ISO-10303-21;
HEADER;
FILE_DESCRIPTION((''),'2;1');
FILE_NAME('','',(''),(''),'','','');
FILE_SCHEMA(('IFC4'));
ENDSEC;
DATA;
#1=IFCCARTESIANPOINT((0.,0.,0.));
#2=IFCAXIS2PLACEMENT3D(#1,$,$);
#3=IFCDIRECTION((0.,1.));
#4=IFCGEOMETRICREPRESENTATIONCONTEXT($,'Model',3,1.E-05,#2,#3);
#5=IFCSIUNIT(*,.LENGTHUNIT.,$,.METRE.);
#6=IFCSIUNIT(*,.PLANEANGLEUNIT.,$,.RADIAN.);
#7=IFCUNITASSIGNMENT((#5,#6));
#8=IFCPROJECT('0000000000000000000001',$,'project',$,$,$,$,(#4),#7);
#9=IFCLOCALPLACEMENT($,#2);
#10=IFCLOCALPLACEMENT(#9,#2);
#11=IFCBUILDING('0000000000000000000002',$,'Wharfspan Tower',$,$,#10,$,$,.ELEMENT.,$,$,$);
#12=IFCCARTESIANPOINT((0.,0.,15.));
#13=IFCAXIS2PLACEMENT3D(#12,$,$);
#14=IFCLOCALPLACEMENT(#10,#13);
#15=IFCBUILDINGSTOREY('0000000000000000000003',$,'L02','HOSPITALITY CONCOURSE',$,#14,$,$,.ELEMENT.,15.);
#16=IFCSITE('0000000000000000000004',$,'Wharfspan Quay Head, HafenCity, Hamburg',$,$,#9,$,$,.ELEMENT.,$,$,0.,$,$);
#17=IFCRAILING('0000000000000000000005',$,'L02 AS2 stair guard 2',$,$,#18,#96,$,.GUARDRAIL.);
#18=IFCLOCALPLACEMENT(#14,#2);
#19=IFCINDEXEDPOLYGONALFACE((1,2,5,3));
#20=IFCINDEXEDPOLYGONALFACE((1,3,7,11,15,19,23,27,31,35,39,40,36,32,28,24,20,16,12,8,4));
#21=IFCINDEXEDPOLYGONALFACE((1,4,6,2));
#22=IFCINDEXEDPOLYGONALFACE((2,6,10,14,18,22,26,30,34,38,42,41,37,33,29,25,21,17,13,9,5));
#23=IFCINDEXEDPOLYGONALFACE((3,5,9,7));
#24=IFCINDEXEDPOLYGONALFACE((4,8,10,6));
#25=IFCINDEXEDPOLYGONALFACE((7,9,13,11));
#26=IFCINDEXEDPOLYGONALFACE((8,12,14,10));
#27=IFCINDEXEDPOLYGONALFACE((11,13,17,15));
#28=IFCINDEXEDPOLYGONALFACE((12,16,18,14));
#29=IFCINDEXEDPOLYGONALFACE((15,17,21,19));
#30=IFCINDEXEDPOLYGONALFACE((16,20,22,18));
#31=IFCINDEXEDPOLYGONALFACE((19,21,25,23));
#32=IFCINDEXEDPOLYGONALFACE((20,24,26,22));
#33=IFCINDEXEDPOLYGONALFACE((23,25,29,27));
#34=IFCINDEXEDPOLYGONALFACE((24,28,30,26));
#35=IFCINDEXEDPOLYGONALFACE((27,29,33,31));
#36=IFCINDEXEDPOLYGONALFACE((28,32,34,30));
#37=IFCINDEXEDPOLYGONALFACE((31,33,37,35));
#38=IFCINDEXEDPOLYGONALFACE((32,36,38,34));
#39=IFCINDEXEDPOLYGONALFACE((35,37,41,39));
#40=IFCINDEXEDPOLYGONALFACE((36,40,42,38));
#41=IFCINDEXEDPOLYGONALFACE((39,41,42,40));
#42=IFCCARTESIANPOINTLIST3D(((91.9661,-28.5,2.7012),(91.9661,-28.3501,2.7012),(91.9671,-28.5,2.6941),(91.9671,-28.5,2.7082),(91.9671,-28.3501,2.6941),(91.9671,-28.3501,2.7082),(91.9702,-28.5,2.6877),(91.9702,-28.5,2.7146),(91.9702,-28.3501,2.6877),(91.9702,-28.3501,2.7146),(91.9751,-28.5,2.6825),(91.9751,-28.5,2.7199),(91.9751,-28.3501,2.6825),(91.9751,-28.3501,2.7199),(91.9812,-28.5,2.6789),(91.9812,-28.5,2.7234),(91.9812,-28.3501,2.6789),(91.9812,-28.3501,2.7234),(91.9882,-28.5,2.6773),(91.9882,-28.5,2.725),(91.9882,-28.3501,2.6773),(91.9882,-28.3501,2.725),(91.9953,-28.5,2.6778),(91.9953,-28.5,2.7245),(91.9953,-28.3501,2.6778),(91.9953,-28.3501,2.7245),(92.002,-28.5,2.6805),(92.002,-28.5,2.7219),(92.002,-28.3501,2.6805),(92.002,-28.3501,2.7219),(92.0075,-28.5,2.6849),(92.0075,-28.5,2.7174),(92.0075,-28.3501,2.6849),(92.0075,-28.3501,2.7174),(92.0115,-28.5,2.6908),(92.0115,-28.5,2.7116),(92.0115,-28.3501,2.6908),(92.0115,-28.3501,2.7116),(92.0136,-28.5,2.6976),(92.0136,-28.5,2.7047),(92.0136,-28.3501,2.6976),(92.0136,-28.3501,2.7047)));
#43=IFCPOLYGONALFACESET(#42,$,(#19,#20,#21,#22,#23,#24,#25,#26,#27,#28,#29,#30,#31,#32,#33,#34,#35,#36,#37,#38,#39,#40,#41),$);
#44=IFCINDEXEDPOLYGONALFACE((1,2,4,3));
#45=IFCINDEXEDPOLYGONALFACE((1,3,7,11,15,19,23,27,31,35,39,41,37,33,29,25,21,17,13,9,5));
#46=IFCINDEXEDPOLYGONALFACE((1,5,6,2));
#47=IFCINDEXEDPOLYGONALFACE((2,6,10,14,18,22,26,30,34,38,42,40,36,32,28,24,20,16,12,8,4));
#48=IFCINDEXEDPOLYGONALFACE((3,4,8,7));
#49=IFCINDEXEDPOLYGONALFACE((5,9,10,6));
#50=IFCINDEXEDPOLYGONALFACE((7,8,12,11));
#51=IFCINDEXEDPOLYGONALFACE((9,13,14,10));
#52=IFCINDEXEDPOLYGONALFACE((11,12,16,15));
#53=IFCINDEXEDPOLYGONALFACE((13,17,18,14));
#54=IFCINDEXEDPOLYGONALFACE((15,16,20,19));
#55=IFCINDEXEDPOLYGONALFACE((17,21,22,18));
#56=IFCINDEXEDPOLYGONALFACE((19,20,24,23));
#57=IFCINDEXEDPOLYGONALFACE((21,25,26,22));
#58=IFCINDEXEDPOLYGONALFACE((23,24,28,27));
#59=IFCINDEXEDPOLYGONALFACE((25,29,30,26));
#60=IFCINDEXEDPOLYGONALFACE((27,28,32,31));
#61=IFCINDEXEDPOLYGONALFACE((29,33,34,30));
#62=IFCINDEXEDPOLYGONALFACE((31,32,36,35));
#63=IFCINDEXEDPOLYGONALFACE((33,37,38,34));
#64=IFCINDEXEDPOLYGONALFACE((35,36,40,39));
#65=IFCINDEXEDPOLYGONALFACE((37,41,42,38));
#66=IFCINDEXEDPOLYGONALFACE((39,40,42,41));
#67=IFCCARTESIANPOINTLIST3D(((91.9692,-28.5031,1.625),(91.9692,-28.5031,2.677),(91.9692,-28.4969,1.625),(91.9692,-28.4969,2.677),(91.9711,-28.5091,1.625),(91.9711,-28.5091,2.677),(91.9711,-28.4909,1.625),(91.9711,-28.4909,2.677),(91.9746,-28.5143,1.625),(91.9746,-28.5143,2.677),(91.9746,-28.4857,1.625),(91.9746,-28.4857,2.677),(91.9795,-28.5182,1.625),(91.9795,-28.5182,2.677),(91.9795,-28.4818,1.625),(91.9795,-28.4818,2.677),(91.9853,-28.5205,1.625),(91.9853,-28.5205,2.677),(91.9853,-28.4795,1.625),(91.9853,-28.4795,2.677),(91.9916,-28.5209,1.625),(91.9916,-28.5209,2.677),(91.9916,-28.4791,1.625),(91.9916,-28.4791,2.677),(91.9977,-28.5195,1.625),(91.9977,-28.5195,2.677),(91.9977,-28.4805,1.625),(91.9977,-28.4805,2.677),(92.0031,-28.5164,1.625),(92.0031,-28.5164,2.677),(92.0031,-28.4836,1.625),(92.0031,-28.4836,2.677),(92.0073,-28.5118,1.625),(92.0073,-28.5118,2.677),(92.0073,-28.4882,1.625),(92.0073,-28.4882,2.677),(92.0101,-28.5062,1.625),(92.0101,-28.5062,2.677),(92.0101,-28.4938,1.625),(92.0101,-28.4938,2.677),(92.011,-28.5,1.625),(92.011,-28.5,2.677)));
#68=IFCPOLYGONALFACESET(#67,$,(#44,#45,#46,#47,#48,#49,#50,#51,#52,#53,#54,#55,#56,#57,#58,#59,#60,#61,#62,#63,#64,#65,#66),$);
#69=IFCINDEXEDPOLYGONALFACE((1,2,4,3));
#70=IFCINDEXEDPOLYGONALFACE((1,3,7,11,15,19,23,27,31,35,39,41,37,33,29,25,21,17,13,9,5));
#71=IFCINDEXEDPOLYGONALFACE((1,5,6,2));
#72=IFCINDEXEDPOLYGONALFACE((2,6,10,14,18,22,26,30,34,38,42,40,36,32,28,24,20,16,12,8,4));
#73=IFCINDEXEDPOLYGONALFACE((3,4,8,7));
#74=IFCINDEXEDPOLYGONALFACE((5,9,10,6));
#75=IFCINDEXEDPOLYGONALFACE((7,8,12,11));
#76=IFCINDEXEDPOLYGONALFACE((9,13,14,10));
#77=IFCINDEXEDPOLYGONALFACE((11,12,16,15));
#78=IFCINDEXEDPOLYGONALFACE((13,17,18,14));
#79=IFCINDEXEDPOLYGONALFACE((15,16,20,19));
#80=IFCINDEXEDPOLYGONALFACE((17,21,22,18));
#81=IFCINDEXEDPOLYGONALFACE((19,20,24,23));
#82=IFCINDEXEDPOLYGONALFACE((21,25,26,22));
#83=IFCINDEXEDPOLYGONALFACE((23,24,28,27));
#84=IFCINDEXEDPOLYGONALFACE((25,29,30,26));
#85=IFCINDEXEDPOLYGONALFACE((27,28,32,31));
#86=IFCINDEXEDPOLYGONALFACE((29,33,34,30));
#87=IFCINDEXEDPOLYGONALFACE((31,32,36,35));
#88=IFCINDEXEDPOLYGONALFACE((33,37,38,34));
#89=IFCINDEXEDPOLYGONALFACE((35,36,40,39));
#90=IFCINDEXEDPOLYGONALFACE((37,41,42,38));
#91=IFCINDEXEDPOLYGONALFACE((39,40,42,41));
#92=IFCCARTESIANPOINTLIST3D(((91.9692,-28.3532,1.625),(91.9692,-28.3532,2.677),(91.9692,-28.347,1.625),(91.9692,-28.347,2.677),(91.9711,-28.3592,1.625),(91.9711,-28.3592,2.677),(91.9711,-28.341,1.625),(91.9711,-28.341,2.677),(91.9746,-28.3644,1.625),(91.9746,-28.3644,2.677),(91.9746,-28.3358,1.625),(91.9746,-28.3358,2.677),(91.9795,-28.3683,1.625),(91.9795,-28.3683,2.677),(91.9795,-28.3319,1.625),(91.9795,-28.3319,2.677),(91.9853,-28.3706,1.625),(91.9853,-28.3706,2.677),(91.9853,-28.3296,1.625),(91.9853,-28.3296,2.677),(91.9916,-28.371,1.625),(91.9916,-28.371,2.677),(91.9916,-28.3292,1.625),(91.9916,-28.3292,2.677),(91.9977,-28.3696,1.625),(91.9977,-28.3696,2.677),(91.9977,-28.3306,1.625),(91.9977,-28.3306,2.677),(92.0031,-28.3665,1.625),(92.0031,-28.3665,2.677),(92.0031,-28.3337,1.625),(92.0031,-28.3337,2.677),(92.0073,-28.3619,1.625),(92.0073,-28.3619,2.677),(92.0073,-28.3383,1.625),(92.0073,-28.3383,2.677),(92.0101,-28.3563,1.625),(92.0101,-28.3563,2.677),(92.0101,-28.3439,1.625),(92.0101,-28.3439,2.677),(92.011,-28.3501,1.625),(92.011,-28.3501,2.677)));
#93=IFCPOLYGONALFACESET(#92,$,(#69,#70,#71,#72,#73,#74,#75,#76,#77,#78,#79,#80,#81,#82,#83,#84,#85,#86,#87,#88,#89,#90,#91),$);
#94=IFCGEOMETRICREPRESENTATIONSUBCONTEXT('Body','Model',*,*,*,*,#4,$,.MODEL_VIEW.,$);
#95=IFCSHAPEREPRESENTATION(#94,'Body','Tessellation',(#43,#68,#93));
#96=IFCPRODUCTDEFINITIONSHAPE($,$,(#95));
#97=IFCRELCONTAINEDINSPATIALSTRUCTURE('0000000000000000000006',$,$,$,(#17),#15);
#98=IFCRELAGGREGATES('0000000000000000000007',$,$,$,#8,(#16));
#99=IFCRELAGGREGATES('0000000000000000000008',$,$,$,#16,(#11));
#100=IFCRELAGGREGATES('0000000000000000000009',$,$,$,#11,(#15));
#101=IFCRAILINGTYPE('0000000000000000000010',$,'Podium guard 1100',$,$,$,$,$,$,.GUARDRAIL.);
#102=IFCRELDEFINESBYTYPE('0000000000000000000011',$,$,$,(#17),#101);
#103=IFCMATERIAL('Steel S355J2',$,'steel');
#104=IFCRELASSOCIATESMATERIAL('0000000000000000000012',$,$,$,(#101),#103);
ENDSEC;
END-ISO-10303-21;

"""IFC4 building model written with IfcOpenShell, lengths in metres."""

from ifc_helpers import new_model, si_unit, direction, frame, origin, origin_2d, place, context, subcontext, project, spatial, circle, extrude, material, type_object, element, save


model = new_model("IFC4")

# Units and contexts
model_context = context("Model", 3, precision=1e-05, world=origin(), true_north=direction((0.0, 1.0)))
body_context = subcontext(model_context, "Body", "Model", "MODEL_VIEW")
ifc_project = project(units=[si_unit("LENGTHUNIT", "METRE"), si_unit("PLANEANGLEUNIT", "RADIAN")], contexts=[model_context])

# Site, building, storey
site_placement = place(None, origin())
site = spatial("IfcSite", under=ifc_project, at=site_placement, Name="Wharfspan Quay Head, HafenCity, Hamburg", CompositionType="ELEMENT", RefElevation=0.0)
building_placement = place(site_placement, origin())
building = spatial("IfcBuilding", under=site, at=building_placement, Name="Wharfspan Tower", CompositionType="ELEMENT")
storey_placement = place(building_placement, frame((0.0, 0.0, 15.0)))
storey = spatial("IfcBuildingStorey", under=building, at=storey_placement, Name="L02", Description="HOSPITALITY CONCOURSE", CompositionType="ELEMENT", Elevation=15.0)

# Railing
ifc_material_1 = material(Name="Steel S355J2", Category="steel")
railing_type_1 = type_object("IfcRailingType", Name="Podium guard 1100", PredefinedType="GUARDRAIL", material=ifc_material_1)
railing_1_placement = place(storey_placement, frame((91.99, -28.5, 1.625)))
element("IfcRailing", 1, at=railing_1_placement, inside=storey, type_object=railing_type_1, Name="L02 AS2 stair guard 2", PredefinedType="GUARDRAIL", context=body_context, shape_type="SweptSolid", body=[
    extrude(circle(Radius=0.0239, at=origin_2d()), frame((0.0, 0.0, 1.0762), z_axis=(0.0, 1.0, 0.0), x_axis=(-1.0, 0.0, 0.0)), (0.0, 0.0, 1.0), 0.1499),
    extrude(circle(Radius=0.021, at=origin_2d()), origin(), (0.0, 0.0, 1.0), 1.052),
    extrude(circle(Radius=0.021, at=origin_2d()), frame((0.0, 0.1499, 0.0)), (0.0, 0.0, 1.0), 1.052),
])

save(model, "model.ifc")
